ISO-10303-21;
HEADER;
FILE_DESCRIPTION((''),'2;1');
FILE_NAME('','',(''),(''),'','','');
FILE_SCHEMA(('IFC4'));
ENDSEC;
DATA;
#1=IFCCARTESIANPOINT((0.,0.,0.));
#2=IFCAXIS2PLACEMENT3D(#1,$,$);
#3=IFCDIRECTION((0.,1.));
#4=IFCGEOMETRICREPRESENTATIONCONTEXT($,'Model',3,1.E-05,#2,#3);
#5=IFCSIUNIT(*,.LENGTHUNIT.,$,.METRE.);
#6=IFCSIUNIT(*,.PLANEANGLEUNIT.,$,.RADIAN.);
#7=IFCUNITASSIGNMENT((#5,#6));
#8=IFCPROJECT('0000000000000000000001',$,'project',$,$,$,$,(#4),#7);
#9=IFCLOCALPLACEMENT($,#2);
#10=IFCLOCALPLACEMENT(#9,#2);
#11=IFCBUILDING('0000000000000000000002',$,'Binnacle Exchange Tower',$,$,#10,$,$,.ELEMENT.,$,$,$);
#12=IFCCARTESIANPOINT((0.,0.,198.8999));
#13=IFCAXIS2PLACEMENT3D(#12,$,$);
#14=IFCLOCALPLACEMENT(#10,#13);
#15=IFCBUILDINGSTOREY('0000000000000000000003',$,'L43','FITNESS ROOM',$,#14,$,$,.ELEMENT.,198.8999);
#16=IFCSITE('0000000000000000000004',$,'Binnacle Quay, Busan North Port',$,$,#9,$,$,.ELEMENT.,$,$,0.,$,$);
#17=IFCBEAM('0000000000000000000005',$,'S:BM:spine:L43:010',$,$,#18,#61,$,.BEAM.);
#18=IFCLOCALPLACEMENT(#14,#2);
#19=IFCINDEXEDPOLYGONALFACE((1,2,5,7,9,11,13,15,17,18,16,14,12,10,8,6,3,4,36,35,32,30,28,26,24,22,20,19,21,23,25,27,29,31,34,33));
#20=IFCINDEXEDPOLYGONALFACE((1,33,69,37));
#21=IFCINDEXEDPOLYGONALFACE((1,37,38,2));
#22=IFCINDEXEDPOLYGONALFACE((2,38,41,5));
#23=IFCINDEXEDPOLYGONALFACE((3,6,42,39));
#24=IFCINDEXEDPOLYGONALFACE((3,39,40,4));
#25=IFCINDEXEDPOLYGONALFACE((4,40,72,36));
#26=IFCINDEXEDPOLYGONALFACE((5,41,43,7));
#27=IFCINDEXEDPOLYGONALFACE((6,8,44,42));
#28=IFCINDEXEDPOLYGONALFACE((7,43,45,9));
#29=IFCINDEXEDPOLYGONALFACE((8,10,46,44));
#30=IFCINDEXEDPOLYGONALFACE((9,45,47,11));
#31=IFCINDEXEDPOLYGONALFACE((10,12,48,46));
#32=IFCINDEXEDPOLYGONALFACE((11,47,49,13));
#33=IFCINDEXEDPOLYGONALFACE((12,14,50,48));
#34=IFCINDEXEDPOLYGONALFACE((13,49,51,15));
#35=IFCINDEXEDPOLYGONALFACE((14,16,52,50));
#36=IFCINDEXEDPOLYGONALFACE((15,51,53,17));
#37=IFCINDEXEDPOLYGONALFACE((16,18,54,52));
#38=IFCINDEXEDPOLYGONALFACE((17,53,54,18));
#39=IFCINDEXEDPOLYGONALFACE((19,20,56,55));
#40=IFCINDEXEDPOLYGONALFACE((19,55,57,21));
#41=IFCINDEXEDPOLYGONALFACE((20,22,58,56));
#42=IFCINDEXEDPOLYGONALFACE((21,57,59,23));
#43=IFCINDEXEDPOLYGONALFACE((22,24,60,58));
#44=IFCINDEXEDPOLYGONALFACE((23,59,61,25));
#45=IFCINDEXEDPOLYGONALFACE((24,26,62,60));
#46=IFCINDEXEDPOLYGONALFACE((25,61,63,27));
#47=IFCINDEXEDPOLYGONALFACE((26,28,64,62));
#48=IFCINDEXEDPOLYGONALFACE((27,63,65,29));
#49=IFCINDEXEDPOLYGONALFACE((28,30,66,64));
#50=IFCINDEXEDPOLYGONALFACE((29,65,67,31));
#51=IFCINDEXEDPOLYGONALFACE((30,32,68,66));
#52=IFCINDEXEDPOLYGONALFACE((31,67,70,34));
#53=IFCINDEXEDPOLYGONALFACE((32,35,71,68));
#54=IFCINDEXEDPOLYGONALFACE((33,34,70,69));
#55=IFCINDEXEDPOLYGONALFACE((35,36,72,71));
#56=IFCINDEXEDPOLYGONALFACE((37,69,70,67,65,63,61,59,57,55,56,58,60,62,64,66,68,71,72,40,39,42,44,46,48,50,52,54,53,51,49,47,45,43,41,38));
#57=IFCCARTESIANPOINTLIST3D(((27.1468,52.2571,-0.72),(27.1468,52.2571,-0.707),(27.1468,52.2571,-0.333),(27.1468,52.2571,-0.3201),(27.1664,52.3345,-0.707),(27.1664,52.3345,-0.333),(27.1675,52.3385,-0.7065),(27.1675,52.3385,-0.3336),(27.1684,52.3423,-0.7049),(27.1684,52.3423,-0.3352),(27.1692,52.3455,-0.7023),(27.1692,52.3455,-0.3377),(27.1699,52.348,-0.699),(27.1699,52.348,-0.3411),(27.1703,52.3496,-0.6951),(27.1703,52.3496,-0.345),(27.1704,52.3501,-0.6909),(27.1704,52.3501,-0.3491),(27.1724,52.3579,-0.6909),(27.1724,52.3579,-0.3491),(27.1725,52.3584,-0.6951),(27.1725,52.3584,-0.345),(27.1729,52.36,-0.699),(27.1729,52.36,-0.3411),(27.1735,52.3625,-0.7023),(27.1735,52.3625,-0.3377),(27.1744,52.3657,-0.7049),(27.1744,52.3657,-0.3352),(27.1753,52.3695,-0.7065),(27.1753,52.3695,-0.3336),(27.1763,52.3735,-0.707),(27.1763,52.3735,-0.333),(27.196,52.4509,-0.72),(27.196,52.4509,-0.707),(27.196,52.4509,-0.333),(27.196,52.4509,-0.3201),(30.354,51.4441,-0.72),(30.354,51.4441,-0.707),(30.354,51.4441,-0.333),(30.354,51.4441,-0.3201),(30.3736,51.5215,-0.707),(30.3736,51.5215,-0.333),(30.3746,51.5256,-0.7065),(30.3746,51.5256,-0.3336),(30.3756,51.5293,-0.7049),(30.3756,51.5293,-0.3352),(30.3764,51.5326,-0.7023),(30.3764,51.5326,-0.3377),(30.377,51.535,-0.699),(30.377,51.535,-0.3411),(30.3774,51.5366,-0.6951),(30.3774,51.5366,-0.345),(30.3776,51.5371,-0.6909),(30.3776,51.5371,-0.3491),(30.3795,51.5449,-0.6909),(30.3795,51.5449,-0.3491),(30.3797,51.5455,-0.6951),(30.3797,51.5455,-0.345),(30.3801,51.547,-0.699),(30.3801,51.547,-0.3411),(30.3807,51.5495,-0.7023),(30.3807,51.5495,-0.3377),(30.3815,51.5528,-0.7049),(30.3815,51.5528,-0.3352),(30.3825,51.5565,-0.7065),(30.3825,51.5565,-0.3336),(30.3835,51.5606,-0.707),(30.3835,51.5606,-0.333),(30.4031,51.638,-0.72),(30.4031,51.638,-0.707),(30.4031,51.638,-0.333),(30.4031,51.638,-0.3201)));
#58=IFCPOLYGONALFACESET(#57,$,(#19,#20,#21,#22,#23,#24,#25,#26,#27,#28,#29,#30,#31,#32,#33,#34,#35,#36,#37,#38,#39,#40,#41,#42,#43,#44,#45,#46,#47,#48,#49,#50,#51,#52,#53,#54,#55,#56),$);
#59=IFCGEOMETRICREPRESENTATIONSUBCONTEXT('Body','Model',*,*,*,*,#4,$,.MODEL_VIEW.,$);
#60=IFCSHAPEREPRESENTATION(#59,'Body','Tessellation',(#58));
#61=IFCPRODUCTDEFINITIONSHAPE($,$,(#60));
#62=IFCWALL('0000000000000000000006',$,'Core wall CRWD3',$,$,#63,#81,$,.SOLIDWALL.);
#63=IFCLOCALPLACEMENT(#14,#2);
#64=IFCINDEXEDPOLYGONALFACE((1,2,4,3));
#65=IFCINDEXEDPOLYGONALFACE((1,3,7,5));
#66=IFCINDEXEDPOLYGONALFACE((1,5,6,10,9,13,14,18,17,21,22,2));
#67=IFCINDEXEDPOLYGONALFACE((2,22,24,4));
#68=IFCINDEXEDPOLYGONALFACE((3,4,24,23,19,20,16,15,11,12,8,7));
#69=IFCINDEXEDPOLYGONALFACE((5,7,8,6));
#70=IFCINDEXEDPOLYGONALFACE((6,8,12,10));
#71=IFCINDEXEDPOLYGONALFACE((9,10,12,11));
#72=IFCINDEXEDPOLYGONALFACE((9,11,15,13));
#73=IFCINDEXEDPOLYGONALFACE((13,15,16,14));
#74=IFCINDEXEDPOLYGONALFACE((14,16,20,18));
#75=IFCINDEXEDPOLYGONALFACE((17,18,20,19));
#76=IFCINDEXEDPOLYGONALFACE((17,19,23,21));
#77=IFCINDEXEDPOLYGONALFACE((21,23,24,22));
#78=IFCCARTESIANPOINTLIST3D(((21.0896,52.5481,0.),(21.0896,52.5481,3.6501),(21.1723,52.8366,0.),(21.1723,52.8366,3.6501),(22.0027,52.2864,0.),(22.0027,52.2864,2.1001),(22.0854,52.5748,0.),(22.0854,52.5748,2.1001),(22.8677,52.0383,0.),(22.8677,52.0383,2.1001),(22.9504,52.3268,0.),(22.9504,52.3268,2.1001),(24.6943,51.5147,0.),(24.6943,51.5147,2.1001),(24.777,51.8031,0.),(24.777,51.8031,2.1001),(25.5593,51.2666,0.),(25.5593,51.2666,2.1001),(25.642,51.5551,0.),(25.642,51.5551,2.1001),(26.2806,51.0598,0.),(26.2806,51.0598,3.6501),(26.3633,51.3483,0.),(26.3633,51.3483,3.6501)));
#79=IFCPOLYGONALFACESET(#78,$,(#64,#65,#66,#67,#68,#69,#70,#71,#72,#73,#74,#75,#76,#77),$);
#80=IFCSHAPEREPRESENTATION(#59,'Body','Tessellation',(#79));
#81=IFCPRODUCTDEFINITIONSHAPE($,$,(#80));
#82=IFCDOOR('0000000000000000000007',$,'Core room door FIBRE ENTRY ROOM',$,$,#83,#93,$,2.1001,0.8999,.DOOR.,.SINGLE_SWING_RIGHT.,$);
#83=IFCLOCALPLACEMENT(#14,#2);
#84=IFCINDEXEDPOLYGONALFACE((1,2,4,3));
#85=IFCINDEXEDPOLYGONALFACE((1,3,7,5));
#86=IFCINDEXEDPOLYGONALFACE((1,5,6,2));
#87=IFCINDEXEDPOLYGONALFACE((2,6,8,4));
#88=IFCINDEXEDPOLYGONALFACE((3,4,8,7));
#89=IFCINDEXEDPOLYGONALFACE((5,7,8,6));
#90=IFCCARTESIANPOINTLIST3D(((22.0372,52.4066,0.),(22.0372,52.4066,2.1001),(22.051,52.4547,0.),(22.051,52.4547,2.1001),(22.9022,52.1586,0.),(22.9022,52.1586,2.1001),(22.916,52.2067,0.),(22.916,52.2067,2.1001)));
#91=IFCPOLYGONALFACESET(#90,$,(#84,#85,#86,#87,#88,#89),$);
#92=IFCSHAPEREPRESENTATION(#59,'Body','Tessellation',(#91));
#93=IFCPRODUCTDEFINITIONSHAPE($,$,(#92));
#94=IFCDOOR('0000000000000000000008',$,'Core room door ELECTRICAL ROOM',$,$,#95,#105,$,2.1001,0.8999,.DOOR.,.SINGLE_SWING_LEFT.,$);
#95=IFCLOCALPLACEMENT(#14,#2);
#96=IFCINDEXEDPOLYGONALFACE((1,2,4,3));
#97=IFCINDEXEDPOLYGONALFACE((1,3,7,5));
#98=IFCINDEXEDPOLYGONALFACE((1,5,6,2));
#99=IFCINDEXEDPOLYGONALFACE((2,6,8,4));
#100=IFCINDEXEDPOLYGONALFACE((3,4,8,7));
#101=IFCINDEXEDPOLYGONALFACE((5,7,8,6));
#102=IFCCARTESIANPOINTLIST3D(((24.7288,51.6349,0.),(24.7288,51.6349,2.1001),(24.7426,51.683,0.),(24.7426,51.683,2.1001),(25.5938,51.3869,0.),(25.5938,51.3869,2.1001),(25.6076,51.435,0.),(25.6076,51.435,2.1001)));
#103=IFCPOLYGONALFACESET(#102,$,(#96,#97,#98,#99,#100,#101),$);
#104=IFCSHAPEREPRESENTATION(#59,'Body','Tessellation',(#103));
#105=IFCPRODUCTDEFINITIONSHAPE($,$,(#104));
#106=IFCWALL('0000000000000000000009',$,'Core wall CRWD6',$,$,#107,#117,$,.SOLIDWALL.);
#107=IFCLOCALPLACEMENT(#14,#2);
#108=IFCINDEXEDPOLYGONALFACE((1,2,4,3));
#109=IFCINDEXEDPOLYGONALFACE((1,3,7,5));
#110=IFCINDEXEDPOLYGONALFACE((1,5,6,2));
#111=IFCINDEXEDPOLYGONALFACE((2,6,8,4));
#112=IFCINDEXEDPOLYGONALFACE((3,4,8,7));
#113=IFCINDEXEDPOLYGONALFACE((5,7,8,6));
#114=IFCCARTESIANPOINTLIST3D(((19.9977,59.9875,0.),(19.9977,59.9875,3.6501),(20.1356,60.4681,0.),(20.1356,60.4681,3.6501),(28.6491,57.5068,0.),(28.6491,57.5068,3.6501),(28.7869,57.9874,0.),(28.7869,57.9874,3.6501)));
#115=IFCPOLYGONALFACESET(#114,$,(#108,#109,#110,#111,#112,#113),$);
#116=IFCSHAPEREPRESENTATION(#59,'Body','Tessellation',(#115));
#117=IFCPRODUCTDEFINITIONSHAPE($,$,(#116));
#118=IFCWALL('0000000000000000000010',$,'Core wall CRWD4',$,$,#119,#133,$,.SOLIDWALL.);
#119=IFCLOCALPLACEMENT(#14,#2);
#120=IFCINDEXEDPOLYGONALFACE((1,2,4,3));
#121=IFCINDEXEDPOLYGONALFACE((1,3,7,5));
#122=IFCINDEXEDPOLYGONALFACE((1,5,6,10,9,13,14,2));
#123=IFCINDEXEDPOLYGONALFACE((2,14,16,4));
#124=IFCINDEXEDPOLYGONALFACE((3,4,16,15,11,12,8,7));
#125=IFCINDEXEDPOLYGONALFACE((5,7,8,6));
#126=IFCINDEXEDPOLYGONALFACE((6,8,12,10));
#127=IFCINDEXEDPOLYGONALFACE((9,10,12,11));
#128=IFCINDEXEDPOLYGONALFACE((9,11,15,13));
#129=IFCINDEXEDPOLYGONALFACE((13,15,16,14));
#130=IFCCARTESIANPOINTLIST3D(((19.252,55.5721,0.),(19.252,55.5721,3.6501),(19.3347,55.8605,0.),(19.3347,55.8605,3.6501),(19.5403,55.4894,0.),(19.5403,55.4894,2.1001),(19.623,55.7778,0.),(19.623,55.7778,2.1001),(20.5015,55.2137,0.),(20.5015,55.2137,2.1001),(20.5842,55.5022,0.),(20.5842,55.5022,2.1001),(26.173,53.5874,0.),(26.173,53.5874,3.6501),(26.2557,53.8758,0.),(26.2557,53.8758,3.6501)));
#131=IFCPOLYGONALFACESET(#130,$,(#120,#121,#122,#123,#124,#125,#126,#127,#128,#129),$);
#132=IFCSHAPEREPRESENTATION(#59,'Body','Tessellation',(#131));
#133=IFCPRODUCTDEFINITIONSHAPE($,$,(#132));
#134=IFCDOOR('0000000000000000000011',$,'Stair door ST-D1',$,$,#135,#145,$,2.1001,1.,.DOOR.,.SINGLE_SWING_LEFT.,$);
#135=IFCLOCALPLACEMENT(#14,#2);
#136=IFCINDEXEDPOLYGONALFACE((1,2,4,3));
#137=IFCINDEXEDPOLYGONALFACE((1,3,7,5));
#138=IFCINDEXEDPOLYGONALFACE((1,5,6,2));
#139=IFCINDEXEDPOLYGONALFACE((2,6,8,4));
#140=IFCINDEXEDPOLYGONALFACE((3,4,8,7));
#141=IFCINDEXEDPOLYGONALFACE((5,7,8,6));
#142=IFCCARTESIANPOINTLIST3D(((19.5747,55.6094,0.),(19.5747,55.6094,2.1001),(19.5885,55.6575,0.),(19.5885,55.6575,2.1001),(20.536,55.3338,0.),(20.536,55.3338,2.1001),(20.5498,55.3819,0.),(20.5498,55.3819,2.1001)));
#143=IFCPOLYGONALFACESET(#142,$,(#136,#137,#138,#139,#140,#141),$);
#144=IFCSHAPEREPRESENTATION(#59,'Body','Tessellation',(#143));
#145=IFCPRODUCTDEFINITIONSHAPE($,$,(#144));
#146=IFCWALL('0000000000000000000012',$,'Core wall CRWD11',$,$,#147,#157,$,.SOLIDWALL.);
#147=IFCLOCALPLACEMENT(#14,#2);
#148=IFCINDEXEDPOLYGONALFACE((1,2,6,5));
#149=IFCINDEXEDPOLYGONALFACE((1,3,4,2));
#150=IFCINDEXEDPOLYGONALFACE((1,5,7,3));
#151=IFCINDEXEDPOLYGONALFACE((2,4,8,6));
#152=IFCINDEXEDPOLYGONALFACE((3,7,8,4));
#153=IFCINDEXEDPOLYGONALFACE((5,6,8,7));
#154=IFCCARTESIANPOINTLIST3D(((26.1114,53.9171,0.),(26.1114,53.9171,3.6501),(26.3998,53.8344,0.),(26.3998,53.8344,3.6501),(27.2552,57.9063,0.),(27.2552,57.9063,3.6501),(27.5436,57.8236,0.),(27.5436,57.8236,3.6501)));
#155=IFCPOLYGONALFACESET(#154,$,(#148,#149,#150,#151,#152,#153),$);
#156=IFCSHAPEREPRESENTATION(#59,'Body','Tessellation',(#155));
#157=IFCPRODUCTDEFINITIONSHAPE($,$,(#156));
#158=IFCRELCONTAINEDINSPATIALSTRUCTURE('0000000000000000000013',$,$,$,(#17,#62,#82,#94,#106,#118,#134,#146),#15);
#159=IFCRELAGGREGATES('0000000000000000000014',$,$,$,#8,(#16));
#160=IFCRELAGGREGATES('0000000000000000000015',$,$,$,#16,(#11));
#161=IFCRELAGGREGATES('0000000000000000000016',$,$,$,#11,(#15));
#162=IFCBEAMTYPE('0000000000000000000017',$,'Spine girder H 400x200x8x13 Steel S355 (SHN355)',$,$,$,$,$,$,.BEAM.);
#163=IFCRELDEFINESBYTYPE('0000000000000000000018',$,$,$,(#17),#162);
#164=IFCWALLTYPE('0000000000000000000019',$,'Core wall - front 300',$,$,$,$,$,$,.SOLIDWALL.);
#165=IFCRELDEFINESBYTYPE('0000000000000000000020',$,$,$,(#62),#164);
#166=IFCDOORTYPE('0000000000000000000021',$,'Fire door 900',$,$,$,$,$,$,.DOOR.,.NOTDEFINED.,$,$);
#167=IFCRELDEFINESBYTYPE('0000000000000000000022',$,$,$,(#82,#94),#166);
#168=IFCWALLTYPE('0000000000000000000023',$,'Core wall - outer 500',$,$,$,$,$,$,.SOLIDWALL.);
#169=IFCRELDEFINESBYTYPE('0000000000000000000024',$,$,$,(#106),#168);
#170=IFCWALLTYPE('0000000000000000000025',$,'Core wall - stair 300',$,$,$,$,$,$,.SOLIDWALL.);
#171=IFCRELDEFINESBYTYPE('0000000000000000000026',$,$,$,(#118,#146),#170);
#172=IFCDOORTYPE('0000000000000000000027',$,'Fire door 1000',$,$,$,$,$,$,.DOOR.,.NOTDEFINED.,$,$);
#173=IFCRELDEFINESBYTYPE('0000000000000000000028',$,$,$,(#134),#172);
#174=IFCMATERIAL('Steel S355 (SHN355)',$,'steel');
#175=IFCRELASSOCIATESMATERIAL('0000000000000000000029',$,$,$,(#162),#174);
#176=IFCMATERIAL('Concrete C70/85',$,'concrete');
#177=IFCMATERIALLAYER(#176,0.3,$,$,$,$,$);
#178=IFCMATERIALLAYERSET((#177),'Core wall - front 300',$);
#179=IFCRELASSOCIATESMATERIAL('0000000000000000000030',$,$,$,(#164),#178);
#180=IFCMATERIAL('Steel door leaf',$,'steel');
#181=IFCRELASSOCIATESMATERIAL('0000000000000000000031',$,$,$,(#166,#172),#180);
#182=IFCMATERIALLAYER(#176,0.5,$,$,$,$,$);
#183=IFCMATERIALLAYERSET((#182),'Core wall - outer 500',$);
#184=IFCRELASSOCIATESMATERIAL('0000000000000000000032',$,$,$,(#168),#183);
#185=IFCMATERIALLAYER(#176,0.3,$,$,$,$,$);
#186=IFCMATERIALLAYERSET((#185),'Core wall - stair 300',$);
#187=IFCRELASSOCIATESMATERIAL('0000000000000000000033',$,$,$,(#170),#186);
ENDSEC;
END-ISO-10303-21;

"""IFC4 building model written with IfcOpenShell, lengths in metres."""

from ifc_helpers import new_model, si_unit, direction, frame, frame_2d, origin, origin_2d, place, context, subcontext, project, spatial, rectangle, i_section, extrude, material, layer, layer_set, material_profile, profile_set, type_object, element, fill, save


model = new_model("IFC4")

# Units and contexts
model_context = context("Model", 3, precision=1e-05, world=origin(), true_north=direction((0.0, 1.0)))
body_context = subcontext(model_context, "Body", "Model", "MODEL_VIEW")
ifc_project = project(units=[si_unit("LENGTHUNIT", "METRE"), si_unit("PLANEANGLEUNIT", "RADIAN")], contexts=[model_context])

# Site, building, storey
site_placement = place(None, origin())
site = spatial("IfcSite", under=ifc_project, at=site_placement, Name="Binnacle Quay, Busan North Port", CompositionType="ELEMENT", RefElevation=0.0)
building_placement = place(site_placement, origin())
building = spatial("IfcBuilding", under=site, at=building_placement, Name="Binnacle Exchange Tower", CompositionType="ELEMENT")
storey_placement = place(building_placement, frame((0.0, 0.0, 198.8999)))
storey = spatial("IfcBuildingStorey", under=building, at=storey_placement, Name="L43", Description="FITNESS ROOM", CompositionType="ELEMENT", Elevation=198.8999)

# Shared definitions
ifc_material_1 = material(Name="Concrete C70/85", Category="concrete")

# Beam
ifc_material_2 = material(Name="Steel S355 (SHN355)", Category="steel")
ifc_material_profile_1 = material_profile(ifc_material_2, i_section(OverallWidth=0.2, OverallDepth=0.3999, WebThickness=0.0081, FlangeThickness=0.0129, FilletRadius=0.0161, at=origin_2d()), Name="H 400x200x8x13")
ifc_profile_set_1 = profile_set([ifc_material_profile_1], Name="Steel S355 (SHN355)")
beam_type_1 = type_object("IfcBeamType", Name="Spine girder H 400x200x8x13 Steel S355 (SHN355)", PredefinedType="BEAM", material=ifc_profile_set_1)
beam_1_placement = place(storey_placement, frame((27.1714, 52.354, -0.52), z_axis=(0.969343, -0.245712, 0.0), x_axis=(0.245712, 0.969343, 0.0)))
element("IfcBeam", 1, at=beam_1_placement, inside=storey, type_object=beam_type_1, Name="S:BM:spine:L43:010", PredefinedType="BEAM", context=body_context, shape_type="SweptSolid", body=[
    extrude(i_section(OverallWidth=0.2, OverallDepth=0.3999, WebThickness=0.0081, FlangeThickness=0.0129, FilletRadius=0.0161, at=origin_2d()), origin(), (0.0, 0.0, 1.0), 3.3086),
])

# Wall, openings, doors
ifc_layer_1 = layer(ifc_material_1, 0.3)
ifc_layer_set_1 = layer_set([ifc_layer_1], Name="Core wall - front 300")
wall_type_1 = type_object("IfcWallType", Name="Core wall - front 300", PredefinedType="SOLIDWALL", material=ifc_layer_set_1)
wall_1_placement = place(storey_placement, frame((21.1309, 52.6924, 0.0), z_axis=(0.0, 0.0, 1.0), x_axis=(0.961271, -0.275605, 0.0)))
wall_1 = element("IfcWall", 2, at=wall_1_placement, inside=storey, type_object=wall_type_1, Name="Core wall CRWD3", PredefinedType="SOLIDWALL", context=body_context, shape_type="SweptSolid", body=[
    extrude(rectangle(XDim=5.4001, YDim=0.3, at=frame_2d((2.7002, 0.0))), origin(), (0.0, 0.0, 1.0), 3.6501),
])
opening_1_placement = place(wall_1_placement, frame((0.95, 0.0, 0.0)))
opening_1 = element("IfcOpeningElement", 3, at=opening_1_placement, cuts=wall_1, PredefinedType="OPENING", context=body_context, shape_type="SweptSolid", body=[
    extrude(rectangle(XDim=0.8999, YDim=2.1001, at=frame_2d((0.45, 1.05))), frame((0.0, 0.1599, 0.0), z_axis=(0.0, -1.0, 0.0), x_axis=(1.0, 0.0, 0.0)), (0.0, 0.0, 1.0), 0.3201),
])
opening_2_placement = place(wall_1_placement, frame((3.75, 0.0, 0.0)))
opening_2 = element("IfcOpeningElement", 4, at=opening_2_placement, cuts=wall_1, PredefinedType="OPENING", context=body_context, shape_type="SweptSolid", body=[
    extrude(rectangle(XDim=0.8999, YDim=2.1001, at=frame_2d((0.45, 1.05))), frame((0.0, 0.1599, 0.0), z_axis=(0.0, -1.0, 0.0), x_axis=(1.0, 0.0, 0.0)), (0.0, 0.0, 1.0), 0.3201),
])
ifc_material_3 = material(Name="Steel door leaf", Category="steel")
door_type_1 = type_object("IfcDoorType", Name="Fire door 900", OperationType="NOTDEFINED", PredefinedType="DOOR", material=ifc_material_3)
door_1_placement = place(opening_1_placement, frame((0.8999, 0.0, 0.0), z_axis=(0.0, 0.0, 1.0), x_axis=(-1.0, 0.0, 0.0)))
door_1 = element("IfcDoor", 5, at=door_1_placement, inside=storey, type_object=door_type_1, Name="Core room door FIBRE ENTRY ROOM", OperationType="SINGLE_SWING_RIGHT", OverallHeight=2.1001, OverallWidth=0.8999, PredefinedType="DOOR", context=body_context, shape_type="SweptSolid", body=[
    extrude(rectangle(XDim=0.8999, YDim=2.1001, at=frame_2d((0.45, 1.05))), frame((0.0, 0.0249, 0.0), z_axis=(0.0, -1.0, 0.0), x_axis=(1.0, 0.0, 0.0)), (0.0, 0.0, 1.0), 0.05),
])
fill(opening_1, door_1)
door_2_placement = place(opening_2_placement, frame((0.8999, 0.0, 0.0), z_axis=(0.0, 0.0, 1.0), x_axis=(-1.0, 0.0, 0.0)))
door_2 = element("IfcDoor", 6, at=door_2_placement, inside=storey, type_object=door_type_1, Name="Core room door ELECTRICAL ROOM", OperationType="SINGLE_SWING_LEFT", OverallHeight=2.1001, OverallWidth=0.8999, PredefinedType="DOOR", context=body_context, shape_type="SweptSolid", body=[
    extrude(rectangle(XDim=0.8999, YDim=2.1001, at=frame_2d((0.45, 1.05))), frame((0.0, 0.0249, 0.0), z_axis=(0.0, -1.0, 0.0), x_axis=(1.0, 0.0, 0.0)), (0.0, 0.0, 1.0), 0.05),
])
fill(opening_2, door_2)

# Wall
ifc_layer_2 = layer(ifc_material_1, 0.5)
ifc_layer_set_2 = layer_set([ifc_layer_2], Name="Core wall - outer 500")
wall_type_2 = type_object("IfcWallType", Name="Core wall - outer 500", PredefinedType="SOLIDWALL", material=ifc_layer_set_2)
wall_2_placement = place(storey_placement, frame((20.0667, 60.2278, 0.0), z_axis=(0.0, 0.0, 1.0), x_axis=(0.961262, -0.275635, 0.0)))
element("IfcWall", 7, at=wall_2_placement, inside=storey, type_object=wall_type_2, Name="Core wall CRWD6", PredefinedType="SOLIDWALL", context=body_context, shape_type="SweptSolid", body=[
    extrude(rectangle(XDim=9.0, YDim=0.5, at=frame_2d((4.5, 0.0))), origin(), (0.0, 0.0, 1.0), 3.6501),
])

# Wall, opening, door
ifc_layer_3 = layer(ifc_material_1, 0.3)
ifc_layer_set_3 = layer_set([ifc_layer_3], Name="Core wall - stair 300")
wall_type_3 = type_object("IfcWallType", Name="Core wall - stair 300", PredefinedType="SOLIDWALL", material=ifc_layer_set_3)
wall_3_placement = place(storey_placement, frame((19.2932, 55.7163, 0.0), z_axis=(0.0, 0.0, 1.0), x_axis=(0.961259, -0.275648, 0.0)))
wall_3 = element("IfcWall", 8, at=wall_3_placement, inside=storey, type_object=wall_type_3, Name="Core wall CRWD4", PredefinedType="SOLIDWALL", context=body_context, shape_type="SweptSolid", body=[
    extrude(rectangle(XDim=7.2, YDim=0.3, at=frame_2d((3.6001, 0.0))), origin(), (0.0, 0.0, 1.0), 3.6501),
])
opening_3_placement = place(wall_3_placement, frame((0.3, 0.0, 0.0)))
opening_3 = element("IfcOpeningElement", 9, at=opening_3_placement, cuts=wall_3, PredefinedType="OPENING", context=body_context, shape_type="SweptSolid", body=[
    extrude(rectangle(XDim=1.0, YDim=2.1001, at=frame_2d((0.5, 1.05))), frame((0.0, 0.1599, 0.0), z_axis=(0.0, -1.0, 0.0), x_axis=(1.0, 0.0, 0.0)), (0.0, 0.0, 1.0), 0.3201),
])
door_type_2 = type_object("IfcDoorType", Name="Fire door 1000", OperationType="NOTDEFINED", PredefinedType="DOOR", material=ifc_material_3)
door_3_placement = place(opening_3_placement, origin())
door_3 = element("IfcDoor", 10, at=door_3_placement, inside=storey, type_object=door_type_2, Name="Stair door ST-D1", OperationType="SINGLE_SWING_LEFT", OverallHeight=2.1001, OverallWidth=1.0, PredefinedType="DOOR", context=body_context, shape_type="SweptSolid", body=[
    extrude(rectangle(XDim=1.0, YDim=2.1001, at=frame_2d((0.5, 1.05))), frame((0.0, 0.0249, 0.0), z_axis=(0.0, -1.0, 0.0), x_axis=(1.0, 0.0, 0.0)), (0.0, 0.0, 1.0), 0.05),
])
fill(opening_3, door_3)

# Wall
wall_4_placement = place(storey_placement, frame((26.2556, 53.8757, 0.0), z_axis=(0.0, 0.0, 1.0), x_axis=(0.275615, 0.961268, 0.0)))
element("IfcWall", 11, at=wall_4_placement, inside=storey, type_object=wall_type_3, Name="Core wall CRWD11", PredefinedType="SOLIDWALL", context=body_context, shape_type="SweptSolid", body=[
    extrude(rectangle(XDim=4.1499, YDim=0.3, at=frame_2d((2.075, 0.0))), origin(), (0.0, 0.0, 1.0), 3.6501),
])

save(model, "model.ifc")
